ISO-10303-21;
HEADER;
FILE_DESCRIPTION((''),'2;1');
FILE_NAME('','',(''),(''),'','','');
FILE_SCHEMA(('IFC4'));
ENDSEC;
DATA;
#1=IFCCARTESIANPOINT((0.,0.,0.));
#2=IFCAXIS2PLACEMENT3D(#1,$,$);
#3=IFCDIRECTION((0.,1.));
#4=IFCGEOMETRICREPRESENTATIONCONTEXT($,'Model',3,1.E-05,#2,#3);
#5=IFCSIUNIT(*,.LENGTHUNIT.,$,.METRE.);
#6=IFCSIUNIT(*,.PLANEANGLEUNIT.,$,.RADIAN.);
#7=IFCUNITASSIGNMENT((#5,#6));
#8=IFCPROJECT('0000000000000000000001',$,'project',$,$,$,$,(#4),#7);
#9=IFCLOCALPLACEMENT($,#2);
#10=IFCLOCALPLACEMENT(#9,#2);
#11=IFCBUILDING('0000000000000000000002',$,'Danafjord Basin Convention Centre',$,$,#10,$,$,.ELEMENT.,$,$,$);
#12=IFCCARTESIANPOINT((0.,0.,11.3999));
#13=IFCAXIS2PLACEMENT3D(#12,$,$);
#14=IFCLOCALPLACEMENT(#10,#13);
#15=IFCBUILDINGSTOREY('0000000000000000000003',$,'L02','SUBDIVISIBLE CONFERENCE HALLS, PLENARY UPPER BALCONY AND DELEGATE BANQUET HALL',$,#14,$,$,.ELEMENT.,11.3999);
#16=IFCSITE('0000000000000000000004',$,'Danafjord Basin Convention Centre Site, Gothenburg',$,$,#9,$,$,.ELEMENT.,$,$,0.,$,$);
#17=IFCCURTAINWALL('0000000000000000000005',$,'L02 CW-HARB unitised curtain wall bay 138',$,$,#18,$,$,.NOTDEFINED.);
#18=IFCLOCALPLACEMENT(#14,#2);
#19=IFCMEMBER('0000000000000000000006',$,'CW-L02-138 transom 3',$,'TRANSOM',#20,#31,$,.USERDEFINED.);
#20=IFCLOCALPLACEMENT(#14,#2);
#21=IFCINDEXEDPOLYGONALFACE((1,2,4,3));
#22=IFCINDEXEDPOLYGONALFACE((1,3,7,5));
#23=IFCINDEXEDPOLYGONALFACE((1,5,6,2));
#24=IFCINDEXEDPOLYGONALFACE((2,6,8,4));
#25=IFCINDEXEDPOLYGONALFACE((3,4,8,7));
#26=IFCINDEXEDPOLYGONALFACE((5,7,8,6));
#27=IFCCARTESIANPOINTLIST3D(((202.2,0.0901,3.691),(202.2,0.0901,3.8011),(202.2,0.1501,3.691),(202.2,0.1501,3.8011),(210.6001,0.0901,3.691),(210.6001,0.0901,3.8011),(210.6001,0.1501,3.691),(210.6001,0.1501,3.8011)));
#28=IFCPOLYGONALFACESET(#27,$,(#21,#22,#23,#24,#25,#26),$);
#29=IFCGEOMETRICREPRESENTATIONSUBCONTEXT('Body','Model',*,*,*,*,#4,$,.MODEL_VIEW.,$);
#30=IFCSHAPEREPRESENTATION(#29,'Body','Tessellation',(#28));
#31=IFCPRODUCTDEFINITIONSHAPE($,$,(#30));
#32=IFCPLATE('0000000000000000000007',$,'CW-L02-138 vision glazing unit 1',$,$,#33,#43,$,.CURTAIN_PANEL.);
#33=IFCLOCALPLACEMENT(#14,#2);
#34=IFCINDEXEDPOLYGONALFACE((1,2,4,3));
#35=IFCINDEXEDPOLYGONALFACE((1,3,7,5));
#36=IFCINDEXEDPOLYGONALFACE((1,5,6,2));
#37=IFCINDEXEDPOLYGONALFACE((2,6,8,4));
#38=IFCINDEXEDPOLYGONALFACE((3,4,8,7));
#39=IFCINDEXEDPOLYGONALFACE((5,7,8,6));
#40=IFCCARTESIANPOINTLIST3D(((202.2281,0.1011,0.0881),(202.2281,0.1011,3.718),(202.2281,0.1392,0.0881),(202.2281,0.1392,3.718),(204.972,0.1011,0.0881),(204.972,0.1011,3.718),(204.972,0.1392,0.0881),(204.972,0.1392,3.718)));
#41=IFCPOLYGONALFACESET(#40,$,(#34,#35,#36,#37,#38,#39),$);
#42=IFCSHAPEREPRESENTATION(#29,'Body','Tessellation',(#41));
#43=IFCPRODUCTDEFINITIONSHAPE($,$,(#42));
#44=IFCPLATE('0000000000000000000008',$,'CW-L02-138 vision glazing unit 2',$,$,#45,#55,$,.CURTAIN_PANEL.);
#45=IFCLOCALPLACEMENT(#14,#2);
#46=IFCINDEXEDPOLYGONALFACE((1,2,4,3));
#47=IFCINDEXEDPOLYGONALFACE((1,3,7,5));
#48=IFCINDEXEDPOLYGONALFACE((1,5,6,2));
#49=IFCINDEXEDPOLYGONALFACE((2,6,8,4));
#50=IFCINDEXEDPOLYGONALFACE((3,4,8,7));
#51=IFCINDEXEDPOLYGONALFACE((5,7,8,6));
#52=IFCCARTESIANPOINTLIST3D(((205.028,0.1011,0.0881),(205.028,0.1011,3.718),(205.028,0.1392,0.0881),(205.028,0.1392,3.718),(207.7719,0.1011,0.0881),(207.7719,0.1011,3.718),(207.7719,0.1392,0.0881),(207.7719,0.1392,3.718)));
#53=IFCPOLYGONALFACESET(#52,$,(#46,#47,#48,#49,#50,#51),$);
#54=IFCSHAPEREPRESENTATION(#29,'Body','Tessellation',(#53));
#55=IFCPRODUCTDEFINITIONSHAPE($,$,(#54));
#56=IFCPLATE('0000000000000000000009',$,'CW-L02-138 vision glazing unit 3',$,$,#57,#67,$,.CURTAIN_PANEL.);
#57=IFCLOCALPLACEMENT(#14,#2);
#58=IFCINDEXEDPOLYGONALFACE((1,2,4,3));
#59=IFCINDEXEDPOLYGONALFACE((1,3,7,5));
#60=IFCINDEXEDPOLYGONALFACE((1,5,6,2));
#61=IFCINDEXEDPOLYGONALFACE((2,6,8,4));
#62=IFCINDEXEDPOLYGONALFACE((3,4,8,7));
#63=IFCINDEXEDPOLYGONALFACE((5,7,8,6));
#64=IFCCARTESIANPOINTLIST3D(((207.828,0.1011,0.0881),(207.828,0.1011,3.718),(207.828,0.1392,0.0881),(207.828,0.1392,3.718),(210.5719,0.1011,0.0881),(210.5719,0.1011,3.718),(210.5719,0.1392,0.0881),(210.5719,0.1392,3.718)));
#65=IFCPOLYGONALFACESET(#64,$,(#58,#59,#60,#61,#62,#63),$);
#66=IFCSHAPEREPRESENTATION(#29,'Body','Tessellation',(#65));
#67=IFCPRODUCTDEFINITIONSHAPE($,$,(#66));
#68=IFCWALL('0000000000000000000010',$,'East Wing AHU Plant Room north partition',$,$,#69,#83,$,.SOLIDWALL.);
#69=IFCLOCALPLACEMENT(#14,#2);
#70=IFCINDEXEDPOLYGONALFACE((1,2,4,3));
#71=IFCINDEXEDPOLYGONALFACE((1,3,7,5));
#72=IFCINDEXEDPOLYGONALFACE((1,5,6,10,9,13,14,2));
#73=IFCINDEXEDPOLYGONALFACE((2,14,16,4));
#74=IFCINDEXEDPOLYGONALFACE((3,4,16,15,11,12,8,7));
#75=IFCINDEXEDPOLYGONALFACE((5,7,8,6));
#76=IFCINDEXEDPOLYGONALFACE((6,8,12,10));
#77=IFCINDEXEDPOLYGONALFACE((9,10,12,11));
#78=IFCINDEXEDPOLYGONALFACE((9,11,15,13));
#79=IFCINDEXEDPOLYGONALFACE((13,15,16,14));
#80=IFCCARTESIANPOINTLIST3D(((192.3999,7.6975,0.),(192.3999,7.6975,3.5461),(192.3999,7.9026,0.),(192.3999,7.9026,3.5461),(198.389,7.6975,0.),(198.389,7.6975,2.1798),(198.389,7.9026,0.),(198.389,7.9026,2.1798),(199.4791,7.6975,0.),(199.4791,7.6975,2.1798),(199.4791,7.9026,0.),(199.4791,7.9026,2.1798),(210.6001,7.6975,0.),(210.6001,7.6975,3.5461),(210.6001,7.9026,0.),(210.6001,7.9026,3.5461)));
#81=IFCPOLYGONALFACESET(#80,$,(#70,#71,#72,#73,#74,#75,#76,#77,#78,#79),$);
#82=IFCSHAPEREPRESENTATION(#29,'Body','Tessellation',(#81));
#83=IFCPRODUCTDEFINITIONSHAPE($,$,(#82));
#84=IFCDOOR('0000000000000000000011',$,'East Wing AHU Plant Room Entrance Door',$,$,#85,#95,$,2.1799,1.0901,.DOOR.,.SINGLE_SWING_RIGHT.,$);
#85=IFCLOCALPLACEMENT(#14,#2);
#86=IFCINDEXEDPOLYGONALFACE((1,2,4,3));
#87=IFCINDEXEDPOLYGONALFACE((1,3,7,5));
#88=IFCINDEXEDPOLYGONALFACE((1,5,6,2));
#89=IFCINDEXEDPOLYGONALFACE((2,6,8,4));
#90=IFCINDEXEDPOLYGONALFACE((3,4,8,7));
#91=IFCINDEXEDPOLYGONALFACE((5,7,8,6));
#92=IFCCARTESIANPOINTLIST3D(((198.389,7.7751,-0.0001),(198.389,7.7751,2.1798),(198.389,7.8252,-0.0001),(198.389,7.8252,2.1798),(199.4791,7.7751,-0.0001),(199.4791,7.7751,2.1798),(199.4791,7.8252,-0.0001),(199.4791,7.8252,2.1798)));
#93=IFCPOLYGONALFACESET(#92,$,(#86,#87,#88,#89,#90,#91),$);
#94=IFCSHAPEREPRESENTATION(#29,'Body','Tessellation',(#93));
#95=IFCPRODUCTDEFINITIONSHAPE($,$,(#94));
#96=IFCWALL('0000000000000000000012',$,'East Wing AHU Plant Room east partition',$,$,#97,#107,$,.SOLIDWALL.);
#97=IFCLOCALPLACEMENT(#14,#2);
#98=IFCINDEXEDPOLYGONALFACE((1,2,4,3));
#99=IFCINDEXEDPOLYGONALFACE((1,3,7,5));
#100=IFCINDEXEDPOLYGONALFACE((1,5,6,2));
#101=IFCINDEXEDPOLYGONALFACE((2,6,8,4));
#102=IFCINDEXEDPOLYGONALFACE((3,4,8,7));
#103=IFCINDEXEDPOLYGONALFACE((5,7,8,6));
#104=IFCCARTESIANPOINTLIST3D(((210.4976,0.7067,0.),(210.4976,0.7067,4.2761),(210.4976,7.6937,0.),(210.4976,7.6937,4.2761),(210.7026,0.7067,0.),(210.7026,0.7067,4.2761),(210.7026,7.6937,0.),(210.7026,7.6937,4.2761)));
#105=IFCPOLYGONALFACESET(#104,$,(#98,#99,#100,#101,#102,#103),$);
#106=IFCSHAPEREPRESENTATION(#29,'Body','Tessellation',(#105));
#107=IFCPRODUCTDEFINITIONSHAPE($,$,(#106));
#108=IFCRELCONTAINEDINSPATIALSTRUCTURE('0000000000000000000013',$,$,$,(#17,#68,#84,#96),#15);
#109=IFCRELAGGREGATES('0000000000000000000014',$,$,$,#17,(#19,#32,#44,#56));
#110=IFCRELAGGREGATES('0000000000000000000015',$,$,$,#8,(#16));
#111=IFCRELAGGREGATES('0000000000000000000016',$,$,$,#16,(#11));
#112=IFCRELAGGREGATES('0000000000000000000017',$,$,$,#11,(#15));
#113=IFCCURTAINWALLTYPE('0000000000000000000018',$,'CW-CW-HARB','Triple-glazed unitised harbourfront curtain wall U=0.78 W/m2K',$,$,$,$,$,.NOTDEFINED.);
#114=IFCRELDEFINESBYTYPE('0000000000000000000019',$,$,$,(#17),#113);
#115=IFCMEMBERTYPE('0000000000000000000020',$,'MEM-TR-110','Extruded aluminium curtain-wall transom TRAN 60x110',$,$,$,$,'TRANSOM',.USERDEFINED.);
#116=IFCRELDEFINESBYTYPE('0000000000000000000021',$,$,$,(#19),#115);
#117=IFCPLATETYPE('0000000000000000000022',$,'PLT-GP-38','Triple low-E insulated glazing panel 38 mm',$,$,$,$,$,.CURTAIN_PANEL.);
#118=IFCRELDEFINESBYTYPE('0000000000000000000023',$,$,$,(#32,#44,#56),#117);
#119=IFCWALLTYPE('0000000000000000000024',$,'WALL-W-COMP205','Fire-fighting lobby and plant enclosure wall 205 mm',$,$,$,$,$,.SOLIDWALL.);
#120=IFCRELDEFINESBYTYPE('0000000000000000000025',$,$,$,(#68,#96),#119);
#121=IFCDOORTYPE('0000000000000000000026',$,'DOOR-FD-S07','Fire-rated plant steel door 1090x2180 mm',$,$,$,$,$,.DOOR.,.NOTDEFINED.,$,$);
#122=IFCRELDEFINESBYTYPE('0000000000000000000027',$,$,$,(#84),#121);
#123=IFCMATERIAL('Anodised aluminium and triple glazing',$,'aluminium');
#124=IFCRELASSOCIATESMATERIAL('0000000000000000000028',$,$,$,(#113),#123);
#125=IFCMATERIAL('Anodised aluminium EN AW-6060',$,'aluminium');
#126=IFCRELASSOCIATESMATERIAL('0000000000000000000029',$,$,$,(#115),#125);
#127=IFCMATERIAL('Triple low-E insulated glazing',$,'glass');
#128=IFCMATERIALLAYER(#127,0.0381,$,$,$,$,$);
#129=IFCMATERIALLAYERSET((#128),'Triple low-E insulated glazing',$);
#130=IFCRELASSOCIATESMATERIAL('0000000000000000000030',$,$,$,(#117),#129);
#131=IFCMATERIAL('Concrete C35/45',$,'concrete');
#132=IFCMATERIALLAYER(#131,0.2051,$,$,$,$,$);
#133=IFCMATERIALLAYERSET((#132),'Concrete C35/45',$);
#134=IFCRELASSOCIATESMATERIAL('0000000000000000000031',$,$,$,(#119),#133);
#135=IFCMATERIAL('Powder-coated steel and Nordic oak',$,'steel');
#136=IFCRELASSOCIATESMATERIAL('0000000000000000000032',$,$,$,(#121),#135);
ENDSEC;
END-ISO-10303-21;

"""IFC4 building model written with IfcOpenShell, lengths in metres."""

from ifc_helpers import new_model, si_unit, direction, frame, frame_2d, origin, origin_2d, place, context, subcontext, project, spatial, rectangle, extrude, material, layer, layer_set, material_profile, profile_set, type_object, element, fill, aggregate, save


model = new_model("IFC4")

# Units and contexts
model_context = context("Model", 3, precision=1e-05, world=origin(), true_north=direction((0.0, 1.0)))
body_context = subcontext(model_context, "Body", "Model", "MODEL_VIEW")
ifc_project = project(units=[si_unit("LENGTHUNIT", "METRE"), si_unit("PLANEANGLEUNIT", "RADIAN")], contexts=[model_context])

# Site, building, storey
site_placement = place(None, origin())
site = spatial("IfcSite", under=ifc_project, at=site_placement, Name="Danafjord Basin Convention Centre Site, Gothenburg", CompositionType="ELEMENT", RefElevation=0.0)
building_placement = place(site_placement, origin())
building = spatial("IfcBuilding", under=site, at=building_placement, Name="Danafjord Basin Convention Centre", CompositionType="ELEMENT")
storey_placement = place(building_placement, frame((0.0, 0.0, 11.3999)))
storey = spatial("IfcBuildingStorey", under=building, at=storey_placement, Name="L02", Description="SUBDIVISIBLE CONFERENCE HALLS, PLENARY UPPER BALCONY AND DELEGATE BANQUET HALL", CompositionType="ELEMENT", Elevation=11.3999)

# Shared definitions
ifc_material_1 = material(Name="Anodised aluminium and triple glazing", Category="aluminium")
curtain_wall_type = type_object("IfcCurtainWallType", Name="CW-CW-HARB", Description="Triple-glazed unitised harbourfront curtain wall U=0.78 W/m2K", PredefinedType="NOTDEFINED", material=ifc_material_1)
ifc_material_2 = material(Name="Anodised aluminium EN AW-6060", Category="aluminium")

# Curtain wall, member, plates
curtain_wall_1_placement = place(storey_placement, origin())
curtain_wall_1 = element("IfcCurtainWall", 1, at=curtain_wall_1_placement, inside=storey, type_object=curtain_wall_type, Name="L02 CW-HARB unitised curtain wall bay 138", PredefinedType="NOTDEFINED")
ifc_material_profile_1 = material_profile(ifc_material_2, rectangle(XDim=0.0601, YDim=0.1101, at=origin_2d()), Name="TRAN 60x110")
ifc_profile_set_1 = profile_set([ifc_material_profile_1], Name="Anodised aluminium EN AW-6060")
member_type_1 = type_object("IfcMemberType", Name="MEM-TR-110", Description="Extruded aluminium curtain-wall transom TRAN 60x110", ElementType="TRANSOM", PredefinedType="USERDEFINED", material=ifc_profile_set_1)
member_1_placement = place(storey_placement, frame((202.2, 0.1201, 3.7461), z_axis=(1.0, 0.0, 0.0), x_axis=(0.0, 1.0, 0.0)))
member_1 = element("IfcMember", 2, at=member_1_placement, type_object=member_type_1, Name="CW-L02-138 transom 3", ObjectType="TRANSOM", PredefinedType="USERDEFINED", context=body_context, shape_type="SweptSolid", body=[
    extrude(rectangle(XDim=0.0601, YDim=0.1101, at=origin_2d()), origin(), (0.0, 0.0, 1.0), 8.4001),
])
ifc_material_3 = material(Name="Triple low-E insulated glazing", Category="glass")
ifc_layer_1 = layer(ifc_material_3, 0.0381)
ifc_layer_set_1 = layer_set([ifc_layer_1], Name="Triple low-E insulated glazing")
plate_type = type_object("IfcPlateType", Name="PLT-GP-38", Description="Triple low-E insulated glazing panel 38 mm", PredefinedType="CURTAIN_PANEL", material=ifc_layer_set_1)
plate_1_placement = place(storey_placement, frame((203.6001, 0.1201, 0.0881), z_axis=(0.0, 0.0, 1.0), x_axis=(1.0, 0.0, 0.0)))
plate_1 = element("IfcPlate", 3, at=plate_1_placement, type_object=plate_type, Name="CW-L02-138 vision glazing unit 1", PredefinedType="CURTAIN_PANEL", context=body_context, shape_type="SweptSolid", body=[
    extrude(rectangle(XDim=2.7439, YDim=0.0381, at=origin_2d()), origin(), (0.0, 0.0, 1.0), 3.6299),
])
plate_2_placement = place(storey_placement, frame((206.3999, 0.1201, 0.0881), z_axis=(0.0, 0.0, 1.0), x_axis=(1.0, 0.0, 0.0)))
plate_2 = element("IfcPlate", 4, at=plate_2_placement, type_object=plate_type, Name="CW-L02-138 vision glazing unit 2", PredefinedType="CURTAIN_PANEL", context=body_context, shape_type="SweptSolid", body=[
    extrude(rectangle(XDim=2.7439, YDim=0.0381, at=origin_2d()), origin(), (0.0, 0.0, 1.0), 3.6299),
])
plate_3_placement = place(storey_placement, frame((209.2, 0.1201, 0.0881), z_axis=(0.0, 0.0, 1.0), x_axis=(1.0, 0.0, 0.0)))
plate_3 = element("IfcPlate", 5, at=plate_3_placement, type_object=plate_type, Name="CW-L02-138 vision glazing unit 3", PredefinedType="CURTAIN_PANEL", context=body_context, shape_type="SweptSolid", body=[
    extrude(rectangle(XDim=2.7439, YDim=0.0381, at=origin_2d()), origin(), (0.0, 0.0, 1.0), 3.6299),
])
aggregate(curtain_wall_1, [member_1, plate_1, plate_2, plate_3])

# Wall, opening, door
ifc_material_4 = material(Name="Concrete C35/45", Category="concrete")
ifc_layer_2 = layer(ifc_material_4, 0.2051)
ifc_layer_set_2 = layer_set([ifc_layer_2], Name="Concrete C35/45")
wall_type = type_object("IfcWallType", Name="WALL-W-COMP205", Description="Fire-fighting lobby and plant enclosure wall 205 mm", PredefinedType="SOLIDWALL", material=ifc_layer_set_2)
wall_1_placement = place(storey_placement, frame((210.6001, 7.8, 0.0), z_axis=(0.0, 0.0, 1.0), x_axis=(-1.0, 0.0, 0.0)))
wall_1 = element("IfcWall", 6, at=wall_1_placement, inside=storey, type_object=wall_type, Name="East Wing AHU Plant Room north partition", PredefinedType="SOLIDWALL", context=body_context, shape_type="SweptSolid", body=[
    extrude(rectangle(XDim=18.2002, YDim=0.2051, at=frame_2d((9.1001, 0.0))), origin(), (0.0, 0.0, 1.0), 3.5461),
])
opening_placement = place(wall_1_placement, frame((11.1211, 0.0, 0.0)))
opening = element("IfcOpeningElement", 7, at=opening_placement, cuts=wall_1, PredefinedType="OPENING", context=body_context, shape_type="SweptSolid", body=[
    extrude(rectangle(XDim=1.0901, YDim=2.1799, at=frame_2d((0.5449, 1.0898))), frame((0.0, 0.1125, 0.0), z_axis=(0.0, -1.0, 0.0), x_axis=(1.0, 0.0, 0.0)), (0.0, 0.0, 1.0), 0.2251),
])
ifc_material_5 = material(Name="Powder-coated steel and Nordic oak", Category="steel")
door_type = type_object("IfcDoorType", Name="DOOR-FD-S07", Description="Fire-rated plant steel door 1090x2180 mm", OperationType="NOTDEFINED", PredefinedType="DOOR", material=ifc_material_5)
door_placement = place(opening_placement, origin())
door = element("IfcDoor", 8, at=door_placement, inside=storey, type_object=door_type, Name="East Wing AHU Plant Room Entrance Door", OperationType="SINGLE_SWING_RIGHT", OverallHeight=2.1799, OverallWidth=1.0901, PredefinedType="DOOR", context=body_context, shape_type="SweptSolid", body=[
    extrude(rectangle(XDim=1.0901, YDim=2.1799, at=frame_2d((0.5449, 1.0898))), frame((0.0, 0.0249, 0.0), z_axis=(0.0, -1.0, 0.0), x_axis=(1.0, 0.0, 0.0)), (0.0, 0.0, 1.0), 0.05),
])
fill(opening, door)

# Wall
wall_2_placement = place(storey_placement, frame((210.6001, 0.7065, 0.0), z_axis=(0.0, 0.0, 1.0), x_axis=(0.0, 1.0, 0.0)))
element("IfcWall", 9, at=wall_2_placement, inside=storey, type_object=wall_type, Name="East Wing AHU Plant Room east partition", PredefinedType="SOLIDWALL", context=body_context, shape_type="SweptSolid", body=[
    extrude(rectangle(XDim=6.9871, YDim=0.2051, at=frame_2d((3.4937, 0.0))), origin(), (0.0, 0.0, 1.0), 4.2761),
])

save(model, "model.ifc")
